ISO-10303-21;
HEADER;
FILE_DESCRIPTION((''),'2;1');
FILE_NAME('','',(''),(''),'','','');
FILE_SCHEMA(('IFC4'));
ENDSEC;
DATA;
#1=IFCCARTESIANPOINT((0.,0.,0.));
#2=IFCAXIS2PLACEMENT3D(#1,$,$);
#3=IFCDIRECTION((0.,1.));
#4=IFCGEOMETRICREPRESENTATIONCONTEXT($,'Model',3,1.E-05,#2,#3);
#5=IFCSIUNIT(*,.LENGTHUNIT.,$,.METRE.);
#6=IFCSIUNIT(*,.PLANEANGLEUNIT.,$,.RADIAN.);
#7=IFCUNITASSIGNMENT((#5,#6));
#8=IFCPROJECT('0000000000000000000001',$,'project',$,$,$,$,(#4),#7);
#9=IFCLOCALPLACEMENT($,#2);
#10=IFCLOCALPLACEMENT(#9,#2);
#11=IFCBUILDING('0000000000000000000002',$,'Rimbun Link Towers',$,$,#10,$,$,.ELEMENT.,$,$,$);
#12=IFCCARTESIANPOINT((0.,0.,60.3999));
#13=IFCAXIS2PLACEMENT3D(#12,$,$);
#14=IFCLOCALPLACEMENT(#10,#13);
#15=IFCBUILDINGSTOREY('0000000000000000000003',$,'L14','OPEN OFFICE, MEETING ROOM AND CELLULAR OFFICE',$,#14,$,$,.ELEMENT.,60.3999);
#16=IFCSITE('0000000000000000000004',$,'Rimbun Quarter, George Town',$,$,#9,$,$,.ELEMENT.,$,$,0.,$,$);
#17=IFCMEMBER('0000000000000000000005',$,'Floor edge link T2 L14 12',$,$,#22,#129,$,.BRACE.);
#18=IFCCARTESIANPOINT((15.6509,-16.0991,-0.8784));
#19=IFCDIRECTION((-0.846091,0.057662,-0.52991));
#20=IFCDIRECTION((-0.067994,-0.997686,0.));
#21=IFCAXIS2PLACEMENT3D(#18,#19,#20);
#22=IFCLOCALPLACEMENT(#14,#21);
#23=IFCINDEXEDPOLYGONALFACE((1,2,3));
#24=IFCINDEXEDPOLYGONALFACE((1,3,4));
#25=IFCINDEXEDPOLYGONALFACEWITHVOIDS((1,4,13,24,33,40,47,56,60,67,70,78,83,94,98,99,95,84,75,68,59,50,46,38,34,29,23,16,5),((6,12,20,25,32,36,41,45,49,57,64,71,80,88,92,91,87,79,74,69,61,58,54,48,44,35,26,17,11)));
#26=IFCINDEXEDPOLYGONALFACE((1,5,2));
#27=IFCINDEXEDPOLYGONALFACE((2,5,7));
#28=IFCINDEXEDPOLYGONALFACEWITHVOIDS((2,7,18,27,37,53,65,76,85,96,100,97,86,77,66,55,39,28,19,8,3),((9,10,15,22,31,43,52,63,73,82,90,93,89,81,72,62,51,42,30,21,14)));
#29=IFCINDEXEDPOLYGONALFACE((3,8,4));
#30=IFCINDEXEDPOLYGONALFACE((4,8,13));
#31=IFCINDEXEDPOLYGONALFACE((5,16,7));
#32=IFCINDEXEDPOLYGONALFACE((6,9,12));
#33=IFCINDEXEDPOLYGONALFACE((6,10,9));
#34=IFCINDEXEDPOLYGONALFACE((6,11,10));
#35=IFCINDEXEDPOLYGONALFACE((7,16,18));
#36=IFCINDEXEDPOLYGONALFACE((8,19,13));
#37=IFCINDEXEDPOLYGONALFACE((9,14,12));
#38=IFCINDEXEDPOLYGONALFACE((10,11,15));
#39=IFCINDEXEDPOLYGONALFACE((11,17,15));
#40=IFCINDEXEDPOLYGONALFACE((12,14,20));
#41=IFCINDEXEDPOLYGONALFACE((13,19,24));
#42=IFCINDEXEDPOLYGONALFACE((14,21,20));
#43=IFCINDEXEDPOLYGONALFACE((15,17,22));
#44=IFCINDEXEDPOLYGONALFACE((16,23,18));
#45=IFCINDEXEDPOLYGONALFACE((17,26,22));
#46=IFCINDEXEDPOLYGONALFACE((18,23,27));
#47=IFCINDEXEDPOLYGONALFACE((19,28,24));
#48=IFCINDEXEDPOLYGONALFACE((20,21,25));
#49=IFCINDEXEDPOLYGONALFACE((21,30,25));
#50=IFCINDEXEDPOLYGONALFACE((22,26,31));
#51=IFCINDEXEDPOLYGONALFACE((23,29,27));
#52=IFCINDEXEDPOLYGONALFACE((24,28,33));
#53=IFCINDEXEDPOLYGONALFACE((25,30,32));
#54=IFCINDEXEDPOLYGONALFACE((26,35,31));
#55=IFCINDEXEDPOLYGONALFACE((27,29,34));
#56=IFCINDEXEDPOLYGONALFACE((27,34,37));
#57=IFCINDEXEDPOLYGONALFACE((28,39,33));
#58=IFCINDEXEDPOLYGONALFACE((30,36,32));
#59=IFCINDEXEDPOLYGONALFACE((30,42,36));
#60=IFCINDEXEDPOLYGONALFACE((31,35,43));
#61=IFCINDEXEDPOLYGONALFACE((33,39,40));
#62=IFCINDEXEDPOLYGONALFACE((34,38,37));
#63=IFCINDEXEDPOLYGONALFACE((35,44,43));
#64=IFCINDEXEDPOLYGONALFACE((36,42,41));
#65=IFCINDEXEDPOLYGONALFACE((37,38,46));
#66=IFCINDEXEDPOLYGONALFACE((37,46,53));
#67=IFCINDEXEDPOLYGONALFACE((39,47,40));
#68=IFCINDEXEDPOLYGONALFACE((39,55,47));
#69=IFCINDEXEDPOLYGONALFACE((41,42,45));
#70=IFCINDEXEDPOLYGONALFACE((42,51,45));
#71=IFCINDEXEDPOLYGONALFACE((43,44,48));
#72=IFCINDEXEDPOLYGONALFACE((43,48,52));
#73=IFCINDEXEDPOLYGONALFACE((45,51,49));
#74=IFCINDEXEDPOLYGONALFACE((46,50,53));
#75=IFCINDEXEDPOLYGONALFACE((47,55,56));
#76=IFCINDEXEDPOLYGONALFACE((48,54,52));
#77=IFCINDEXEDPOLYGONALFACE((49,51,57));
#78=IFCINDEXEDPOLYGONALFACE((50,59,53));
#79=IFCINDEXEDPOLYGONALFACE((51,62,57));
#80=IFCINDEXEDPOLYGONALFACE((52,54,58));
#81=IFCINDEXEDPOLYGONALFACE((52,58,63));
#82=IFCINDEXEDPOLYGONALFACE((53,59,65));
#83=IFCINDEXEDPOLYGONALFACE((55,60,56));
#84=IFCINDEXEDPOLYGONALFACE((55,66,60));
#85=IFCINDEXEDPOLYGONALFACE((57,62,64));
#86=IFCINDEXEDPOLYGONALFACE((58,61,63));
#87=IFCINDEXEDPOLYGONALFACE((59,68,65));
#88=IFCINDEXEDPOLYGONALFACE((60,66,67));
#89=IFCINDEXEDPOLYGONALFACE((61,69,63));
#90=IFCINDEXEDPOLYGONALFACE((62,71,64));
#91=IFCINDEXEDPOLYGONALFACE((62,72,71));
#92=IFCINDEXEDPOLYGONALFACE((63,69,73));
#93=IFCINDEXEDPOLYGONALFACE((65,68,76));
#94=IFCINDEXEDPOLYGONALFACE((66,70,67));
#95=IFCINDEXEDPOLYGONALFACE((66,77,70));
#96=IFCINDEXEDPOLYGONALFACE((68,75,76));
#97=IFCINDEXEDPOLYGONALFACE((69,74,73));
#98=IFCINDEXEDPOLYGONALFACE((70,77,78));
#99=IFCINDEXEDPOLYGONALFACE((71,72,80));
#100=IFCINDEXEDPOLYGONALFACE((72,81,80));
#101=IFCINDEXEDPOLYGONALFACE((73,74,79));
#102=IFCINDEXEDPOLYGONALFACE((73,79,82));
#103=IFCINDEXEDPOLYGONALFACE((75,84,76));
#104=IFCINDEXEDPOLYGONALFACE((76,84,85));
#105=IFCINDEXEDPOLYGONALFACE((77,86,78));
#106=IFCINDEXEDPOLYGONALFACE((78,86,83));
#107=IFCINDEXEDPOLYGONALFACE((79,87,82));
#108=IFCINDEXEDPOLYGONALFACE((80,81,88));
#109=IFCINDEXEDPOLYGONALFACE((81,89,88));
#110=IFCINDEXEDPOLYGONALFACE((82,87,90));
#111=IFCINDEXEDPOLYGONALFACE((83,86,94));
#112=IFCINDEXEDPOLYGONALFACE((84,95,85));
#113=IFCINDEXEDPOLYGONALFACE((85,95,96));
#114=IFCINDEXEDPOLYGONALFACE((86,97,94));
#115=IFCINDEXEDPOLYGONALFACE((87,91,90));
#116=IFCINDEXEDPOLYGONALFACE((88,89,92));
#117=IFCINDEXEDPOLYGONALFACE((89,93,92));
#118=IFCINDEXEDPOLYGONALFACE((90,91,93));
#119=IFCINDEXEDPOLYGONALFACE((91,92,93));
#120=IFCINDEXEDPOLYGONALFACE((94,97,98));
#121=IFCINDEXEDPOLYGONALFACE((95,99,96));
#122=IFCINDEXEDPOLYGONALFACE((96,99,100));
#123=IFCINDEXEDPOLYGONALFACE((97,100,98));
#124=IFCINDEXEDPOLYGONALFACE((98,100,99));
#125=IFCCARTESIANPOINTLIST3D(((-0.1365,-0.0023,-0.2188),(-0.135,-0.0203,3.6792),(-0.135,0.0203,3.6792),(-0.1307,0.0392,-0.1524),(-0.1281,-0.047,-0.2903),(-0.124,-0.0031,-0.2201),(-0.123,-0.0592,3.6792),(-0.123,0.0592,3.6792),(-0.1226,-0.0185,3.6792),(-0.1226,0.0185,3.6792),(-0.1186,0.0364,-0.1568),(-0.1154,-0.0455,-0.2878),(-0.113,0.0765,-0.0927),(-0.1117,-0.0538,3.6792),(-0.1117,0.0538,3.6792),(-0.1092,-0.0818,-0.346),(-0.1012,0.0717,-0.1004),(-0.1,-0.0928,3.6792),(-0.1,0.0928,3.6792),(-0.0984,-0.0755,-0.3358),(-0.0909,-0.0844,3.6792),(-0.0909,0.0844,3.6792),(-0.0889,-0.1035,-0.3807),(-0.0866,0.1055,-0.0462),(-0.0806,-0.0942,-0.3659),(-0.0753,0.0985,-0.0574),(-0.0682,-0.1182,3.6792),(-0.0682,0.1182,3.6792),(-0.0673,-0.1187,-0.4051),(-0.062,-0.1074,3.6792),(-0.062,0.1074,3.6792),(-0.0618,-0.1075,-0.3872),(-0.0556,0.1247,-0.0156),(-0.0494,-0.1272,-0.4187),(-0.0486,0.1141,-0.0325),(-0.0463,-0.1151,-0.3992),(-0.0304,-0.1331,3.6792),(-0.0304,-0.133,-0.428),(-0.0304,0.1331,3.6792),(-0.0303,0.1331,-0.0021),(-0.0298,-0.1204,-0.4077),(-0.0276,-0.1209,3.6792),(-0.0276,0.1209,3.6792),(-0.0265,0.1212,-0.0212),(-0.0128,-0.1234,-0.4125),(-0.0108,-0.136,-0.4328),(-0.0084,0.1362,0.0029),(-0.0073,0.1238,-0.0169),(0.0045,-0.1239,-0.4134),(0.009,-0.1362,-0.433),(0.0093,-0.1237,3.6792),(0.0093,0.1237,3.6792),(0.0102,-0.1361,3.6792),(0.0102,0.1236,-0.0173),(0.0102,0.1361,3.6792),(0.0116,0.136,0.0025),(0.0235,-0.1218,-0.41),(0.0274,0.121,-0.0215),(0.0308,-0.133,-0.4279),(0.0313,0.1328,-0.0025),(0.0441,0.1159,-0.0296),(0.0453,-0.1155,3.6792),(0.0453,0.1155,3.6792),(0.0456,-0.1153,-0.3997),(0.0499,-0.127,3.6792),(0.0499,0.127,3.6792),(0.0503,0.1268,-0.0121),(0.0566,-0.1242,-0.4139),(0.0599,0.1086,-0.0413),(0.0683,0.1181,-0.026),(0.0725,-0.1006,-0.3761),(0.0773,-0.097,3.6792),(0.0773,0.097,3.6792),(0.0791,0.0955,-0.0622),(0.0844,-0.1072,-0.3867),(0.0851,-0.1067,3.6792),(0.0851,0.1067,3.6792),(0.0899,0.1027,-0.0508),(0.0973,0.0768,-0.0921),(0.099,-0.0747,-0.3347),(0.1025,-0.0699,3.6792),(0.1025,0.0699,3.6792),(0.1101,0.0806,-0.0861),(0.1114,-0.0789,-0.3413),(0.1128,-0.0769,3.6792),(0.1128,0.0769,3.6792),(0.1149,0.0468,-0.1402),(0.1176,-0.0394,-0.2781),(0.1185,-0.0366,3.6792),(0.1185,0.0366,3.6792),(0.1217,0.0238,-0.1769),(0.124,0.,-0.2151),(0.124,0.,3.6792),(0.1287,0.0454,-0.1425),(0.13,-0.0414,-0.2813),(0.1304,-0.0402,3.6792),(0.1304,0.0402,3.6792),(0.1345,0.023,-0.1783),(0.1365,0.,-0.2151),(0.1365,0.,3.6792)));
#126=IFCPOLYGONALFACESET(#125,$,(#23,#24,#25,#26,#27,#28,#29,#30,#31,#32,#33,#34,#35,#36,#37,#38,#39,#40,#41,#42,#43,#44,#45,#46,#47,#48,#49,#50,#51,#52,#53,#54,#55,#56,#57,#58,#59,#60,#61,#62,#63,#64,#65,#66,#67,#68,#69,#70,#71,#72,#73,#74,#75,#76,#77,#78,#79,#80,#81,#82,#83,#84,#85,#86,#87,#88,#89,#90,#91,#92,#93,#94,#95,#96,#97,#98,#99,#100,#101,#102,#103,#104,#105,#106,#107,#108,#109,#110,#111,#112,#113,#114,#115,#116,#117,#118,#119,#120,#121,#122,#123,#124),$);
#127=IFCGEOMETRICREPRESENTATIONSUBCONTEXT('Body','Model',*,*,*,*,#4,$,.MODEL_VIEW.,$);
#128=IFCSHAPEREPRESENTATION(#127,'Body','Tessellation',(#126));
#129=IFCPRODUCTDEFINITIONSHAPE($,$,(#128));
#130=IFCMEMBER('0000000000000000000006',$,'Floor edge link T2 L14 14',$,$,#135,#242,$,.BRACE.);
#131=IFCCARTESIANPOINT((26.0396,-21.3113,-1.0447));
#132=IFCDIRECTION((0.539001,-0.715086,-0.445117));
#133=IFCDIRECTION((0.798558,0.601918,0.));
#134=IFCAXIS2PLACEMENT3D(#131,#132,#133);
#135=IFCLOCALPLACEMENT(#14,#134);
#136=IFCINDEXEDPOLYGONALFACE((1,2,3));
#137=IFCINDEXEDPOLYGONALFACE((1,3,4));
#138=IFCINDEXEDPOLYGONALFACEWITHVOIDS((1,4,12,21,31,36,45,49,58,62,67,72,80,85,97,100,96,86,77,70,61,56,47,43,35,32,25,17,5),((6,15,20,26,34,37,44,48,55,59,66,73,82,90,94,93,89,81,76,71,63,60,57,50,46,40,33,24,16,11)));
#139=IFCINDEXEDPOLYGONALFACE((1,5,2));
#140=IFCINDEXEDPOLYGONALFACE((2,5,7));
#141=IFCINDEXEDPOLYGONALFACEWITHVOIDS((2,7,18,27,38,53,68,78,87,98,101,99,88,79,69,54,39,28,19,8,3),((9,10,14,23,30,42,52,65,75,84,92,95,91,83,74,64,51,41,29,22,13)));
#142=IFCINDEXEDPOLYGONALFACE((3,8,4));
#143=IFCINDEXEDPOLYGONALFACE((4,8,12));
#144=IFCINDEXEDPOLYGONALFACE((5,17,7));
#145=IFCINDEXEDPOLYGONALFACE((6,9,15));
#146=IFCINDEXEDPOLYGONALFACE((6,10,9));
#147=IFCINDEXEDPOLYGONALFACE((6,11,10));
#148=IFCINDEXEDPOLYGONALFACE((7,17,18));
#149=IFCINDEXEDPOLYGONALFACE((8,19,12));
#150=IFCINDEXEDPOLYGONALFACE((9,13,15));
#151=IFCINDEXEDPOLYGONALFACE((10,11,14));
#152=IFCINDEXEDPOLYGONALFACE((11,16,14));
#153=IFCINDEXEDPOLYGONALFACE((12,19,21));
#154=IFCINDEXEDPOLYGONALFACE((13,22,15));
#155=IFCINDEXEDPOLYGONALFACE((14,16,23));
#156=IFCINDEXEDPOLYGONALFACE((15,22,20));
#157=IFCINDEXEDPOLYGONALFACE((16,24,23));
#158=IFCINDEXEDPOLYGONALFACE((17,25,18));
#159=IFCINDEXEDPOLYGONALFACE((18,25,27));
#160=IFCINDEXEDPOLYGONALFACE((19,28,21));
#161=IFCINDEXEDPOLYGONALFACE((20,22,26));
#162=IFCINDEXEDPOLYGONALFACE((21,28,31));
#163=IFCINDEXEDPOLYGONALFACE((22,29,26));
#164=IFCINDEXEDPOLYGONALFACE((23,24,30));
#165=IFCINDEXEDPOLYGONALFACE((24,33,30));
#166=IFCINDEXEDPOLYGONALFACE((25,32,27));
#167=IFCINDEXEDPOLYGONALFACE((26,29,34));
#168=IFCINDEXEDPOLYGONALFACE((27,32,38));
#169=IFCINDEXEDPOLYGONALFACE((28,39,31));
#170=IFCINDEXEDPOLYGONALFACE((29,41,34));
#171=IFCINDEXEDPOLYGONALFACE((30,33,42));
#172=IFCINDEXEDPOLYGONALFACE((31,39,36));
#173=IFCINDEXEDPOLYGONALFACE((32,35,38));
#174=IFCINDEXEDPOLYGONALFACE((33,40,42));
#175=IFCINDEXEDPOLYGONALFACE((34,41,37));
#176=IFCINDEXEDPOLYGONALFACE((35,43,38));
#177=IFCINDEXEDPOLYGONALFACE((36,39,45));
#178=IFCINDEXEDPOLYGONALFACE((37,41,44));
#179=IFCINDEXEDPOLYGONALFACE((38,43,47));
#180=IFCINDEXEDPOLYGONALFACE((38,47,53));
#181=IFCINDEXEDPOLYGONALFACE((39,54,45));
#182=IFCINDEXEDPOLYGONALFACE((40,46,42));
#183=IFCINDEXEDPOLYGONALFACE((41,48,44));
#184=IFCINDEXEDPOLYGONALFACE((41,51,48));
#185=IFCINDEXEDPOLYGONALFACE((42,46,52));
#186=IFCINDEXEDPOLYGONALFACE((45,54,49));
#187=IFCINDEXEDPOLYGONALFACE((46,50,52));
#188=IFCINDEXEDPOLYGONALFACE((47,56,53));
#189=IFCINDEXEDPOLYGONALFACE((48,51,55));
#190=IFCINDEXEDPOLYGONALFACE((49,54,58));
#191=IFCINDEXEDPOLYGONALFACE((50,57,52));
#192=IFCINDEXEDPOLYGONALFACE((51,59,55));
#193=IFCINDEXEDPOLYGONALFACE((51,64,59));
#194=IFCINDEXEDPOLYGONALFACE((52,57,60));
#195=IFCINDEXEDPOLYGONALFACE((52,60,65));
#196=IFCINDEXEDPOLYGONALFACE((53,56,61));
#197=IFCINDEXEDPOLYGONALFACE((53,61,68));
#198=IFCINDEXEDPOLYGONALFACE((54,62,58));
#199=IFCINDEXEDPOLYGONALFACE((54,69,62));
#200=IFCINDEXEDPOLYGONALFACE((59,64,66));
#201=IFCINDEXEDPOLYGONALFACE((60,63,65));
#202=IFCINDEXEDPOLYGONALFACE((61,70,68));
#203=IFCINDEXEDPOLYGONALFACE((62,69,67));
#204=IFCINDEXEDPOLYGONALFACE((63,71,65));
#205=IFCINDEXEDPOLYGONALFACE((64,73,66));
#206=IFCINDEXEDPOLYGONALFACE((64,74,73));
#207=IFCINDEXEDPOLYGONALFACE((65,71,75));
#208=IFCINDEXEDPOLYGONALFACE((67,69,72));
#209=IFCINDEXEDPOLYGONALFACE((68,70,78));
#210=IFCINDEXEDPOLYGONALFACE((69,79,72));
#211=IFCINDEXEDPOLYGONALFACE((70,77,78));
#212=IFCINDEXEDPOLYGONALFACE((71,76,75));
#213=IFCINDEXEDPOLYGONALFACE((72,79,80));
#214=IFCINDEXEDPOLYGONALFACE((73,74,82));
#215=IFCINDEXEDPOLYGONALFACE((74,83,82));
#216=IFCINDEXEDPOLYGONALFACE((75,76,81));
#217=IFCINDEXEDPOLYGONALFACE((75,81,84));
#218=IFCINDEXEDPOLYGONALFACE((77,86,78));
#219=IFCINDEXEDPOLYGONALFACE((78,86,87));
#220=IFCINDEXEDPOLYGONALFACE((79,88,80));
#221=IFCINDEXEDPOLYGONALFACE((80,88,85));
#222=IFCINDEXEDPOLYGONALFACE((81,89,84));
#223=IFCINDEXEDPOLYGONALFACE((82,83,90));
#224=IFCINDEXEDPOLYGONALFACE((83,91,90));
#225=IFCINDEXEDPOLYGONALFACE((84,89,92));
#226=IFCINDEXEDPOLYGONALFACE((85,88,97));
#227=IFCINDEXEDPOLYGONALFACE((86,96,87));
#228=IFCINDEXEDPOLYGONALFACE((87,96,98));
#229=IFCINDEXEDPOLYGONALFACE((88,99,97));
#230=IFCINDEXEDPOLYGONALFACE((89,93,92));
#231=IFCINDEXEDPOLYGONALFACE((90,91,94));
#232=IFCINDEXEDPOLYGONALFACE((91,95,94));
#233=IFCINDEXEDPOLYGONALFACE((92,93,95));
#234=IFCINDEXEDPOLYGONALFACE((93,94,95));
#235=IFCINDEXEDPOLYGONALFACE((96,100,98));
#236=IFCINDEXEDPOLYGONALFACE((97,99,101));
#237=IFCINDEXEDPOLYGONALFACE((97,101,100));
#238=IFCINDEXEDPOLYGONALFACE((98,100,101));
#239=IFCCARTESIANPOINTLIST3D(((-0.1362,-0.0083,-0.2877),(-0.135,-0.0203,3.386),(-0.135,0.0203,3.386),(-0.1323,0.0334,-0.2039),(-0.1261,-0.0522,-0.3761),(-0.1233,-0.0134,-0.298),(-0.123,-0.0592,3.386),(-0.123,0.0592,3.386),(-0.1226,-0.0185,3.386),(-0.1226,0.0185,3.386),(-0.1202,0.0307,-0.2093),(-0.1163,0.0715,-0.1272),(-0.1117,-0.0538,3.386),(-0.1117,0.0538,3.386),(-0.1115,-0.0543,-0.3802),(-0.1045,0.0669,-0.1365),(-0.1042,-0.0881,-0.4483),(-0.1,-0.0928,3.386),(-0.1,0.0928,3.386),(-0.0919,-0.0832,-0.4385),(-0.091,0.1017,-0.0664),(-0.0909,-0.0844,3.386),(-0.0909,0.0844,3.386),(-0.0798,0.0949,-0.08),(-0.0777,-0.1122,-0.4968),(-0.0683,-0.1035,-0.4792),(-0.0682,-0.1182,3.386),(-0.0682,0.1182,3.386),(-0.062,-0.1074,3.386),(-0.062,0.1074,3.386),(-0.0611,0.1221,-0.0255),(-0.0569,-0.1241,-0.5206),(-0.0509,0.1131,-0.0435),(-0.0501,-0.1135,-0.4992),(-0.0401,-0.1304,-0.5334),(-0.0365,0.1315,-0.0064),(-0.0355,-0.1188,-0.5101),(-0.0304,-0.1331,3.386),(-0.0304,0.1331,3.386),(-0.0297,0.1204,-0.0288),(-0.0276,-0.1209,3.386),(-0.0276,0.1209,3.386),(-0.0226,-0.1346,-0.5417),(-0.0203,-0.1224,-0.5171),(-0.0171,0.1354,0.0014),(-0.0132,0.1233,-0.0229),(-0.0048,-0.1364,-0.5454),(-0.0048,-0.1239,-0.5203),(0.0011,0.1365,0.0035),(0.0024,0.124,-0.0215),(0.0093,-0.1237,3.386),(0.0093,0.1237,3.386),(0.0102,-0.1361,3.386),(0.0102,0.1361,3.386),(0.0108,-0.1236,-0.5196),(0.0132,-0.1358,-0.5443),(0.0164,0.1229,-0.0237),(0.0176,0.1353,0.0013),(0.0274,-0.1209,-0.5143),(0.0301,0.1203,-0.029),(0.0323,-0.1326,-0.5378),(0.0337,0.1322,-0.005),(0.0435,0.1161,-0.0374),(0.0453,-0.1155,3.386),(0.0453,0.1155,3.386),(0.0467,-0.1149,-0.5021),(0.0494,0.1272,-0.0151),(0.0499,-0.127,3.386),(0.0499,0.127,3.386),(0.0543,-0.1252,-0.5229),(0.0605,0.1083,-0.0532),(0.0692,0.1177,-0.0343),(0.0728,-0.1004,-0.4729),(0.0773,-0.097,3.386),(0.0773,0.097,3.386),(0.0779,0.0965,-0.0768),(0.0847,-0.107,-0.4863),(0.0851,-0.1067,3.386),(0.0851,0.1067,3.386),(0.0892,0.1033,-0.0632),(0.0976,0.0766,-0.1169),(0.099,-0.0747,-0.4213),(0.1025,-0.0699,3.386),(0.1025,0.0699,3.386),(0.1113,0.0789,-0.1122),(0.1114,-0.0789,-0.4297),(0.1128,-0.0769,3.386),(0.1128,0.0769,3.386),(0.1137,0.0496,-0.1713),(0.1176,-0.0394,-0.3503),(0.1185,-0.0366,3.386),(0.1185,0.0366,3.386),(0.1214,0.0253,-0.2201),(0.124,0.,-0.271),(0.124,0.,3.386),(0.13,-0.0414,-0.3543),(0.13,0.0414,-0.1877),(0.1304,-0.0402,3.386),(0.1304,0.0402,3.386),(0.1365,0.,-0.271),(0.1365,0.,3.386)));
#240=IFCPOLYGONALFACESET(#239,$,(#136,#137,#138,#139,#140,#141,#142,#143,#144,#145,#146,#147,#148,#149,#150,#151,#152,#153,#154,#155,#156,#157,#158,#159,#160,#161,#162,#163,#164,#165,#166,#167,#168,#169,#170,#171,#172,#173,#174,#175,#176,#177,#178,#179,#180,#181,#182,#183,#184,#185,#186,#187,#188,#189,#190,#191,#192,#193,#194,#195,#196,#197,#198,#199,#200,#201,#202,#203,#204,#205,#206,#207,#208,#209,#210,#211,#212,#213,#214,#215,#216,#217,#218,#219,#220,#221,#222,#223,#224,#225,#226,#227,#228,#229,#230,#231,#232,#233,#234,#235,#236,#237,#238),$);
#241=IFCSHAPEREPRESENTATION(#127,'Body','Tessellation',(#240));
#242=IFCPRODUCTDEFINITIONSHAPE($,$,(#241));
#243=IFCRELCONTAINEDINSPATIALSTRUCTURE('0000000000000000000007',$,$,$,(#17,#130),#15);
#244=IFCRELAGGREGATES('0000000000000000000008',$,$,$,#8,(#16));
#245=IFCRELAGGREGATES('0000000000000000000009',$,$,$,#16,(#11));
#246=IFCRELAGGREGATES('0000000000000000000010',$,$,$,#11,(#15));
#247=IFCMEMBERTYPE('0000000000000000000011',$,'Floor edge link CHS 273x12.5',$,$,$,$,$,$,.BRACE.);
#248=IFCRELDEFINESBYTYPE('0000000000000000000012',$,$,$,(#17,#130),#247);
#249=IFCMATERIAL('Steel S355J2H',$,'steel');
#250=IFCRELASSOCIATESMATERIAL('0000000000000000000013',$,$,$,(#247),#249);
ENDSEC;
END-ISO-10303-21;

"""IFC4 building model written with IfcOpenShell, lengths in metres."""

from ifc_helpers import new_model, si_unit, direction, frame, origin, origin_2d, place, context, subcontext, project, spatial, hollow_circle, extrude, clip, halfspace, material, material_profile, profile_set, type_object, element, save


model = new_model("IFC4")

# Units and contexts
model_context = context("Model", 3, precision=1e-05, world=origin(), true_north=direction((0.0, 1.0)))
body_context = subcontext(model_context, "Body", "Model", "MODEL_VIEW")
ifc_project = project(units=[si_unit("LENGTHUNIT", "METRE"), si_unit("PLANEANGLEUNIT", "RADIAN")], contexts=[model_context])

# Site, building, storey
site_placement = place(None, origin())
site = spatial("IfcSite", under=ifc_project, at=site_placement, Name="Rimbun Quarter, George Town", CompositionType="ELEMENT", RefElevation=0.0)
building_placement = place(site_placement, origin())
building = spatial("IfcBuilding", under=site, at=building_placement, Name="Rimbun Link Towers", CompositionType="ELEMENT")
storey_placement = place(building_placement, frame((0.0, 0.0, 60.3999)))
storey = spatial("IfcBuildingStorey", under=building, at=storey_placement, Name="L14", Description="OPEN OFFICE, MEETING ROOM AND CELLULAR OFFICE", CompositionType="ELEMENT", Elevation=60.3999)

# Members
ifc_material_1 = material(Name="Steel S355J2H", Category="steel")
ifc_material_profile_1 = material_profile(ifc_material_1, hollow_circle(Radius=0.1365, WallThickness=0.0125, at=origin_2d()), Name="CHS 273x12.5")
ifc_profile_set_1 = profile_set([ifc_material_profile_1], Name="Steel S355J2H")
member_type_1 = type_object("IfcMemberType", Name="Floor edge link CHS 273x12.5", PredefinedType="BRACE", material=ifc_profile_set_1)
member_1_placement = place(storey_placement, frame((15.6509, -16.0991, -0.8784), z_axis=(-0.846091, 0.057662, -0.52991), x_axis=(-0.067994, -0.997686, 0.0)))
element("IfcMember", 1, at=member_1_placement, inside=storey, type_object=member_type_1, Name="Floor edge link T2 L14 12", PredefinedType="BRACE", context=body_context, shape_type="Clipping", body=[
    clip(extrude(hollow_circle(Radius=0.1365, WallThickness=0.0125, at=origin_2d()), frame((0.0, 0.0, -0.4558)), (0.0, 0.0, 1.0), 4.135), halfspace(frame((0.0, 0.0, -0.2151), z_axis=(0.0, 0.848054, -0.52991)), False)),
])
member_2_placement = place(storey_placement, frame((26.0396, -21.3113, -1.0447), z_axis=(0.539001, -0.715086, -0.445117), x_axis=(0.798558, 0.601918, 0.0)))
element("IfcMember", 2, at=member_2_placement, inside=storey, type_object=member_type_1, Name="Floor edge link T2 L14 14", PredefinedType="BRACE", context=body_context, shape_type="Clipping", body=[
    clip(extrude(hollow_circle(Radius=0.1365, WallThickness=0.0125, at=origin_2d()), frame((0.0, 0.0, -0.5715)), (0.0, 0.0, 1.0), 3.9575), halfspace(frame((0.0, 0.0, -0.271), z_axis=(0.0, 0.895472, -0.445117)), False)),
])

save(model, "model.ifc")
